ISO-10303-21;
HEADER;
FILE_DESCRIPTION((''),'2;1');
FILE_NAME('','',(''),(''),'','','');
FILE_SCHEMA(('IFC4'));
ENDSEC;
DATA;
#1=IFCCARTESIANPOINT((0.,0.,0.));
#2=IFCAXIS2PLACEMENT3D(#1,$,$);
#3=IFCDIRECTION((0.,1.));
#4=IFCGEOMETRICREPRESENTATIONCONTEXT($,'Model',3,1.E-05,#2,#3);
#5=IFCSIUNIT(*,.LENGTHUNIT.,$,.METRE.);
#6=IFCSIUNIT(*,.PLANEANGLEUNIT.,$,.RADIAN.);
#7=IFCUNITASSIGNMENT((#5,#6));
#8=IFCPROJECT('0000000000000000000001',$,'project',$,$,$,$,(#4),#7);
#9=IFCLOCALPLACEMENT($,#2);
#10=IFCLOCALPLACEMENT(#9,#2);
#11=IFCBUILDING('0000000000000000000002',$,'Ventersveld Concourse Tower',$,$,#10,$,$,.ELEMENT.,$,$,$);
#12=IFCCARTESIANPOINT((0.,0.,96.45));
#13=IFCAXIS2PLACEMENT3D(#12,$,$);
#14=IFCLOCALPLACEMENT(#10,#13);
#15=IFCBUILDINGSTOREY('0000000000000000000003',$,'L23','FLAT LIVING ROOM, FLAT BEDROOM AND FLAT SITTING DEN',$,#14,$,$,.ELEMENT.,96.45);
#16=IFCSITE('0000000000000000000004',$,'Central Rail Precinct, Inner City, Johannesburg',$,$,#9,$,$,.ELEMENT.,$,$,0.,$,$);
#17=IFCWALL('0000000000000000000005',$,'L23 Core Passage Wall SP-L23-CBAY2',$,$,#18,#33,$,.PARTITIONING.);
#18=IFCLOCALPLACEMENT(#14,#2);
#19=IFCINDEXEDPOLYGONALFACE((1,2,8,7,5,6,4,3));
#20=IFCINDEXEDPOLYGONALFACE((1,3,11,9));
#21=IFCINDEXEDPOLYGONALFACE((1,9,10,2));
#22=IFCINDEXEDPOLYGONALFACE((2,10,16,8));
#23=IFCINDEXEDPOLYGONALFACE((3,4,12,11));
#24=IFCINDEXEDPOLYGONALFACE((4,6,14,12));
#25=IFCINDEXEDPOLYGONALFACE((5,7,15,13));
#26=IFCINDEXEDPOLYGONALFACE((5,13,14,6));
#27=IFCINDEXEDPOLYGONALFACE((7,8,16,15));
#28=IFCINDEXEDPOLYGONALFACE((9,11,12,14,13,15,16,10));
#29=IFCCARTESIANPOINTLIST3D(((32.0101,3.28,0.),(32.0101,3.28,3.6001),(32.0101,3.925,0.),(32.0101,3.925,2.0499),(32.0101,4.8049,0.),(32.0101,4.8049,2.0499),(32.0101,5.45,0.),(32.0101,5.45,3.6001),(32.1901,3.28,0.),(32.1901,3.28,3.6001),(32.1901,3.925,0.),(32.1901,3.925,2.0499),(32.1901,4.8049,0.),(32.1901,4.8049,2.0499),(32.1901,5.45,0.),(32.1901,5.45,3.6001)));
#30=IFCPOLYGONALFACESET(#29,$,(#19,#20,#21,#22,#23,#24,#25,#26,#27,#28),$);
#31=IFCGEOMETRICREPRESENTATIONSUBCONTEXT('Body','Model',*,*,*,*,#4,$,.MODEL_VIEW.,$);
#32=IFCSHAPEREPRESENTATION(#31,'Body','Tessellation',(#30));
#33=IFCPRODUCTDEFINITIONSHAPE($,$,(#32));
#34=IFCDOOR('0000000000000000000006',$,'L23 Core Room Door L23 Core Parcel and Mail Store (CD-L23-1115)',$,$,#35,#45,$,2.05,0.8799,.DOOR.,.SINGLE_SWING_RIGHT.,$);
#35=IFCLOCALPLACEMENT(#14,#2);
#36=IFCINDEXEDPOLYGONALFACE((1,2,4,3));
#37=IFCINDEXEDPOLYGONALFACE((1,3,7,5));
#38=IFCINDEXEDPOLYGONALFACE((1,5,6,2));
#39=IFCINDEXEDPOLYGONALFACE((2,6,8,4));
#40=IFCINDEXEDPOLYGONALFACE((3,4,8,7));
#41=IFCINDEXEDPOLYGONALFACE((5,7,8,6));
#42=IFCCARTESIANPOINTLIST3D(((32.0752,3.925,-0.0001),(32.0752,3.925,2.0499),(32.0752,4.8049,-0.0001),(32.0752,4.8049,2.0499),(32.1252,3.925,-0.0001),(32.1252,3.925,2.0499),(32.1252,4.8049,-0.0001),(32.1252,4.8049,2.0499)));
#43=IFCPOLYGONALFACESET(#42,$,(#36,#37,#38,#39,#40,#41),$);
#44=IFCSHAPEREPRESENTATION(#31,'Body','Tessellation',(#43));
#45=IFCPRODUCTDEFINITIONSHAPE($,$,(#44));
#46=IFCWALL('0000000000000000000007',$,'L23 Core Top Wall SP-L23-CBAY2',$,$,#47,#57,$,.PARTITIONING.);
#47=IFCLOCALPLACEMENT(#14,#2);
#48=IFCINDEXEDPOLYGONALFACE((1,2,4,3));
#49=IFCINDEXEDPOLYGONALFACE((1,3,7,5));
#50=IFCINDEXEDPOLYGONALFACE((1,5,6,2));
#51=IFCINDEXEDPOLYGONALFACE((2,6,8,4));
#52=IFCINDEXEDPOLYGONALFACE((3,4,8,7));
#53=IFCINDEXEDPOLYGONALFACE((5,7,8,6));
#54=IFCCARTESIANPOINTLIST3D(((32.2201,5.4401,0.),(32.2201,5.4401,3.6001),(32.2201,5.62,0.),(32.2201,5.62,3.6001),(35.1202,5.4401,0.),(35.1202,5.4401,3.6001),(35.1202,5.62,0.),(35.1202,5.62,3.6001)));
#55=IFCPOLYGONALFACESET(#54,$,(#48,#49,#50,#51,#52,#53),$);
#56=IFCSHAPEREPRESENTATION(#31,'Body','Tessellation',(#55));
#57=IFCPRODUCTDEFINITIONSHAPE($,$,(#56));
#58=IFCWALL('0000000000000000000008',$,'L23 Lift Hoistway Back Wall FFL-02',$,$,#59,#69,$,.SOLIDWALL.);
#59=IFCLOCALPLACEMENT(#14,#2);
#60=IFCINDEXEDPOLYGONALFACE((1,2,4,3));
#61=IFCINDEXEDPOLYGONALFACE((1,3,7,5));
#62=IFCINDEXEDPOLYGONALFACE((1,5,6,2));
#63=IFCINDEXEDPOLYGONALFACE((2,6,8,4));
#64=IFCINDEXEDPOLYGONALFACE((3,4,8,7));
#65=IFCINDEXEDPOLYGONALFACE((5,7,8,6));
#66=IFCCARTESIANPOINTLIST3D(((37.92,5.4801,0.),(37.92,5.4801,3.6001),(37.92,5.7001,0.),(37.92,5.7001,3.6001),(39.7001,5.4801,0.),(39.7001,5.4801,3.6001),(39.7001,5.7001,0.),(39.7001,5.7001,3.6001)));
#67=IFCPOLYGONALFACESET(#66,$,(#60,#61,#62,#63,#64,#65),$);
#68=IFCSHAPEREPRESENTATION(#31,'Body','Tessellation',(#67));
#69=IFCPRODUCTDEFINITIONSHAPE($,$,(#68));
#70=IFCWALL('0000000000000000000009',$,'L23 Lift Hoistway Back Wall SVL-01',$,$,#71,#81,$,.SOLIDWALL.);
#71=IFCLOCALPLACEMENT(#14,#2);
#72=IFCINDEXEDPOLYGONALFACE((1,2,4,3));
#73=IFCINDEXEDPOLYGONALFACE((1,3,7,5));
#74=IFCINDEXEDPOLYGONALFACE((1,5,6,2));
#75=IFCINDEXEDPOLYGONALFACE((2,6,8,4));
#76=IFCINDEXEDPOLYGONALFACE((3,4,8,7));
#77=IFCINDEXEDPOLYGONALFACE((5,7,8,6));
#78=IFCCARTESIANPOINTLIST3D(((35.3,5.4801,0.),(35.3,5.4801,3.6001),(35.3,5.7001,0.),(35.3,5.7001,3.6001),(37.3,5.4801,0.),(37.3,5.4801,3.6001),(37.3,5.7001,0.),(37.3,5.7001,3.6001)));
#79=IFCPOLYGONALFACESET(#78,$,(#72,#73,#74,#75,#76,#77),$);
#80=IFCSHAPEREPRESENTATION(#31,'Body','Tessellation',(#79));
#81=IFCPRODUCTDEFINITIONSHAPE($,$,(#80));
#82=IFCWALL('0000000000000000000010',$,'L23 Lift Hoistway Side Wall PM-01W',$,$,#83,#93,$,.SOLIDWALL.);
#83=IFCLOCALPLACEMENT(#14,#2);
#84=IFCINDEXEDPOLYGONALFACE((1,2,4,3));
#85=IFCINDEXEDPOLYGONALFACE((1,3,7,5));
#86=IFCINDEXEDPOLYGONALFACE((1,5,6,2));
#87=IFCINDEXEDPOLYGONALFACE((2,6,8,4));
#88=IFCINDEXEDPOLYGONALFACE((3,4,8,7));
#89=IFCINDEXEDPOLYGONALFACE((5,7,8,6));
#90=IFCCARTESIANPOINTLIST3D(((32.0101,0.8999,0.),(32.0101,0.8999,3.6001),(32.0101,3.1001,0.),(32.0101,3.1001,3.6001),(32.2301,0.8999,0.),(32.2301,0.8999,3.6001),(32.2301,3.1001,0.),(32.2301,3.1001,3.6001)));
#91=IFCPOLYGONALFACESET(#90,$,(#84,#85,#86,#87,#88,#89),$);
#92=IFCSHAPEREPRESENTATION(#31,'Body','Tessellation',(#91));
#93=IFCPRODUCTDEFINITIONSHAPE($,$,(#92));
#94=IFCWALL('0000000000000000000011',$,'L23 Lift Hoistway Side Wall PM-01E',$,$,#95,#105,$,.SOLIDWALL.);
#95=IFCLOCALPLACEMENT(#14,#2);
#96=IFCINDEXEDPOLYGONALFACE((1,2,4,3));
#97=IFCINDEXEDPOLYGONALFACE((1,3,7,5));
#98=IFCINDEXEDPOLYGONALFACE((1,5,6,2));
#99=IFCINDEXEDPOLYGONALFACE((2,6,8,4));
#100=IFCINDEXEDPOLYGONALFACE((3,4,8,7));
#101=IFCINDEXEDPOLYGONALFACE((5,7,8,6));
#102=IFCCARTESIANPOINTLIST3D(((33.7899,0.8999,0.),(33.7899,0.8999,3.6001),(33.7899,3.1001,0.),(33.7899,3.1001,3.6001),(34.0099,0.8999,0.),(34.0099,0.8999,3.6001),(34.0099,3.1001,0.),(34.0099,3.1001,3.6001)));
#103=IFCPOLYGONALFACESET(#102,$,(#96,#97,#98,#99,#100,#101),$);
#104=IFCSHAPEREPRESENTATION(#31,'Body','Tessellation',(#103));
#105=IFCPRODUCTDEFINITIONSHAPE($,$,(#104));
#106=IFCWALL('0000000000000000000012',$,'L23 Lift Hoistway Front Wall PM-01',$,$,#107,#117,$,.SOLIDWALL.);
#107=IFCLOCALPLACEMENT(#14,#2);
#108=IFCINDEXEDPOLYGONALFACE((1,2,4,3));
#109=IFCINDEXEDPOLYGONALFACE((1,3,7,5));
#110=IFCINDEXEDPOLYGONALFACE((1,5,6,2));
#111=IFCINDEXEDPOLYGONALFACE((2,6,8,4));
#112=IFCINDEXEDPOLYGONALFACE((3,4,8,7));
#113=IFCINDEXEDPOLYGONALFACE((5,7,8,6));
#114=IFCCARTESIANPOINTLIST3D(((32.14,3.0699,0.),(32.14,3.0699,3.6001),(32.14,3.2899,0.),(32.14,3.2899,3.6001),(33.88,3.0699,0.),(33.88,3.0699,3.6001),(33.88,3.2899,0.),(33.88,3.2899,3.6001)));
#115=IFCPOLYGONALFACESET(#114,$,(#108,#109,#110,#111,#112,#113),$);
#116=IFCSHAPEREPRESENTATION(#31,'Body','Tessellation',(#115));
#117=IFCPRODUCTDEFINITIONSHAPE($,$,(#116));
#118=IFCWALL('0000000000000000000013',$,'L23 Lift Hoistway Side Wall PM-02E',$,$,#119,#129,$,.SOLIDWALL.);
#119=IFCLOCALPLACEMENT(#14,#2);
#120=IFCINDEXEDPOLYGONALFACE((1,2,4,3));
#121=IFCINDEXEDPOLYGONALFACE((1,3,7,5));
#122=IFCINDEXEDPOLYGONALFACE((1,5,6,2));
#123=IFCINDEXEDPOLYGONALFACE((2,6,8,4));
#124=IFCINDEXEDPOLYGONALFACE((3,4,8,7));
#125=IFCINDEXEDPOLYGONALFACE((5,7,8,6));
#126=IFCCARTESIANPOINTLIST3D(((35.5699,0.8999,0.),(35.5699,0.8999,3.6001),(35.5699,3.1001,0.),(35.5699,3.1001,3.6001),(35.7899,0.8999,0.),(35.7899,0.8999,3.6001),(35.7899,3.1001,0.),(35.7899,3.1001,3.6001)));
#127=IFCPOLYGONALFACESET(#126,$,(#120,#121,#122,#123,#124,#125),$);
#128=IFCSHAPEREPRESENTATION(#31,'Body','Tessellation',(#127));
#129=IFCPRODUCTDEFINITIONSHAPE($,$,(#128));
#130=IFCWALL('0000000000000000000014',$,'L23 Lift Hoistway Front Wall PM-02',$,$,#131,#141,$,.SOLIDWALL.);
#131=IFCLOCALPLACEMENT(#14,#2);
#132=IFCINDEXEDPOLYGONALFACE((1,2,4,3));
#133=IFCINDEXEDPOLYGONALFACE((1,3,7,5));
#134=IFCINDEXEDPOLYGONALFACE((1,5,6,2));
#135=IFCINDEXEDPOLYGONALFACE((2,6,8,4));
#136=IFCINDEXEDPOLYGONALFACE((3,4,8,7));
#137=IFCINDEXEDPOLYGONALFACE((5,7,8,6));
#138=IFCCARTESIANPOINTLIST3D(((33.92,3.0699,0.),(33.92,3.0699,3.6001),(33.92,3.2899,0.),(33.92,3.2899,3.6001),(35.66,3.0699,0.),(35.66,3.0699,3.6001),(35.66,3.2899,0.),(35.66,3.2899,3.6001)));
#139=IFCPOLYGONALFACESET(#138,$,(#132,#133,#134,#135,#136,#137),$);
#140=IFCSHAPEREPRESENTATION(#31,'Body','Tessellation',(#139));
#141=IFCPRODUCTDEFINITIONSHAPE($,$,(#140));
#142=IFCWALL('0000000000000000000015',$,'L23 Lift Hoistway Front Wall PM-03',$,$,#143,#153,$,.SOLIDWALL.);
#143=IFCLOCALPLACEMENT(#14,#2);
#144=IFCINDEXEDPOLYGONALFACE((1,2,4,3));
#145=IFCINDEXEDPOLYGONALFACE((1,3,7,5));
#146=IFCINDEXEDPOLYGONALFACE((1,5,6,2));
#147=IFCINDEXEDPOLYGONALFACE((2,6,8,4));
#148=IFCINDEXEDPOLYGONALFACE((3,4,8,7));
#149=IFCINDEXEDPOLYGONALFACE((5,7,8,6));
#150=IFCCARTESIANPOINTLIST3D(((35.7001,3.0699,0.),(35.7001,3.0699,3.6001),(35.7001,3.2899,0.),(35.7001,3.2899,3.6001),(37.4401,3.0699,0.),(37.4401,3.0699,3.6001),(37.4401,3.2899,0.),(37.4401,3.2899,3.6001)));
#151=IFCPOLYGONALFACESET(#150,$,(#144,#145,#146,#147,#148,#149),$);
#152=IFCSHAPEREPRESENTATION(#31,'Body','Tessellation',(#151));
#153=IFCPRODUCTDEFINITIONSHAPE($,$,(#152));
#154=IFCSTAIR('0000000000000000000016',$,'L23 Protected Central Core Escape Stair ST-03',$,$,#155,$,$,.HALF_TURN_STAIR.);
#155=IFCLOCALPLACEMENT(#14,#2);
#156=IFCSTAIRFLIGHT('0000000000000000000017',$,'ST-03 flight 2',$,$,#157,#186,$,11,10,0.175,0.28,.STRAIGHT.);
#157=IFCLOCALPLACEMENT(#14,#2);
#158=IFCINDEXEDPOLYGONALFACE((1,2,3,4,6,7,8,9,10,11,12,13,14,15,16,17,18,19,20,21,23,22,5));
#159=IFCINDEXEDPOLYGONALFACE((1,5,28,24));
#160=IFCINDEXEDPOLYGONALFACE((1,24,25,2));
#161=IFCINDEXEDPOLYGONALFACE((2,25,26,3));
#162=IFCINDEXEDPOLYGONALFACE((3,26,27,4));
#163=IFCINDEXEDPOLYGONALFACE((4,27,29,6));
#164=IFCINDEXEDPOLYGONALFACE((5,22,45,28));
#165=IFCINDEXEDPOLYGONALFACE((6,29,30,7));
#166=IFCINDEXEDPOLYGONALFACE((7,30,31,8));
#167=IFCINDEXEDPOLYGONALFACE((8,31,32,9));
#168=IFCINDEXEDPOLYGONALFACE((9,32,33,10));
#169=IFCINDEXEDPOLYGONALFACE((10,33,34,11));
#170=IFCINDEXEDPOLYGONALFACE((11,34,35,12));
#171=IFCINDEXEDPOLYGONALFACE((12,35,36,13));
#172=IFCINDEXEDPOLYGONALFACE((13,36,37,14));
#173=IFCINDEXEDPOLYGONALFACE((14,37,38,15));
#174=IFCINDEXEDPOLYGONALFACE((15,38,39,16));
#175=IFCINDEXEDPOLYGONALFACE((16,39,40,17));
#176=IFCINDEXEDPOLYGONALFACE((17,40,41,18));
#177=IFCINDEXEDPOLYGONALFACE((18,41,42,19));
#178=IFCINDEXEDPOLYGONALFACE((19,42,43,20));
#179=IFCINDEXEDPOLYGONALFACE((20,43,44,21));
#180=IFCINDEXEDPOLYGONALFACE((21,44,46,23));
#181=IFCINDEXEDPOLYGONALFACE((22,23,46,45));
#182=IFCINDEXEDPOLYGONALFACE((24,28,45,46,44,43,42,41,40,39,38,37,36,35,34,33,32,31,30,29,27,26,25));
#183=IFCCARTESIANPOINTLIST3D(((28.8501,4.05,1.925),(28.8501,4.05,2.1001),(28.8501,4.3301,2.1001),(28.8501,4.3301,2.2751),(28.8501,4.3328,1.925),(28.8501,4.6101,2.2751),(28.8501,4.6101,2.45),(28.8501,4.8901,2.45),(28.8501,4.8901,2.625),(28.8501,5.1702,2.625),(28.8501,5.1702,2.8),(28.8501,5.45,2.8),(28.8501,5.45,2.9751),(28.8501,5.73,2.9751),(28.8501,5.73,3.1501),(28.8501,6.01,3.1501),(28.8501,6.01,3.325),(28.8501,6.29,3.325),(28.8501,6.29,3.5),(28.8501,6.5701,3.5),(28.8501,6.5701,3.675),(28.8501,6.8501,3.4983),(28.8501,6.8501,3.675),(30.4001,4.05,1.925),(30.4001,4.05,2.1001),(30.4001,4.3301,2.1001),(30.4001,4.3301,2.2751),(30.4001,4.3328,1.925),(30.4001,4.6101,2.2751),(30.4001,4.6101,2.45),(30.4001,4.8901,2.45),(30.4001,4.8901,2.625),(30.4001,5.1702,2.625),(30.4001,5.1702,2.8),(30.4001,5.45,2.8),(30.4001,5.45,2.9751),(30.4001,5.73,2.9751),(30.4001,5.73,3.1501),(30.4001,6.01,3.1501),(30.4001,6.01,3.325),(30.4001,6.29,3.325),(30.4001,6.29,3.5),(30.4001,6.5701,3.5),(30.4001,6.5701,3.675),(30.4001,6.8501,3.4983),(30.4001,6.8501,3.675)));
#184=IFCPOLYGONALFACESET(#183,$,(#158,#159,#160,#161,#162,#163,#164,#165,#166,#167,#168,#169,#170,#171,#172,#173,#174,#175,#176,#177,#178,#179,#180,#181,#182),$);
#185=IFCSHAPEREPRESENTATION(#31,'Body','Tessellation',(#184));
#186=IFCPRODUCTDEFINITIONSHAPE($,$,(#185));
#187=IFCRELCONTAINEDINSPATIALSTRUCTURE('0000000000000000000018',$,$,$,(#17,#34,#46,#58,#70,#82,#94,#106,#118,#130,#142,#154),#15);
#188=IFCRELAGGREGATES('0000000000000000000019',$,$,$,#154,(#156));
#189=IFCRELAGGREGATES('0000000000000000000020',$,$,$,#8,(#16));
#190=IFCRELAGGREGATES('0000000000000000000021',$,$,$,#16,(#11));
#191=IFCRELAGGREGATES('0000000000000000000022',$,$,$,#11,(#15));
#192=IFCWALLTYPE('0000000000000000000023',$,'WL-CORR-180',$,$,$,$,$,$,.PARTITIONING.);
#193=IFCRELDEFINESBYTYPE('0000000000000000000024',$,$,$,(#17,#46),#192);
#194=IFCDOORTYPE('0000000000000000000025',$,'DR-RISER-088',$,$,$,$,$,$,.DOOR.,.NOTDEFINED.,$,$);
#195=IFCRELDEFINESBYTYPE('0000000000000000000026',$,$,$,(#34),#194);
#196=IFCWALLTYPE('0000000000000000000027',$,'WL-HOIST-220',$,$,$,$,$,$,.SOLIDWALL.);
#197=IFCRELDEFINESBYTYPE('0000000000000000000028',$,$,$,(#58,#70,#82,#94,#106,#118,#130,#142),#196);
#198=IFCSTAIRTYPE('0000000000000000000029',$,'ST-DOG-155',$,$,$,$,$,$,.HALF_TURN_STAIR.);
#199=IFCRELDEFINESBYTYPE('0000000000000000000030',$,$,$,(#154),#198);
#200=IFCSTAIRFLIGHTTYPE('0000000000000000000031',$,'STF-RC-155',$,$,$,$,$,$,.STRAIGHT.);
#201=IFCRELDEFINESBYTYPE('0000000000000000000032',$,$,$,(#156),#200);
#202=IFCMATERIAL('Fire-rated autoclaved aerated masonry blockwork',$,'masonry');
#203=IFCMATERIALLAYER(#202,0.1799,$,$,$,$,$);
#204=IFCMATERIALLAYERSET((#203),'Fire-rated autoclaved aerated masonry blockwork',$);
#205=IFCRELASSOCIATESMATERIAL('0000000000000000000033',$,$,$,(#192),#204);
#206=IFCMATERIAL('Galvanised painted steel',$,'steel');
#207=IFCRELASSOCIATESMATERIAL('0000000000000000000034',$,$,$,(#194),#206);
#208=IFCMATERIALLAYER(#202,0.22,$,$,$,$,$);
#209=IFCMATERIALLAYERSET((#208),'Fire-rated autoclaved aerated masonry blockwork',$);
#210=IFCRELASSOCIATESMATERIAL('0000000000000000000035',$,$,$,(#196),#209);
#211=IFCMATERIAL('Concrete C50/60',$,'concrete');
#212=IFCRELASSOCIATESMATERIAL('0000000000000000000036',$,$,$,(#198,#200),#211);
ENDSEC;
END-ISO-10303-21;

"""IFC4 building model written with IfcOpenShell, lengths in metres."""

from ifc_helpers import new_model, si_unit, direction, frame, frame_2d, origin, place, context, subcontext, project, spatial, polyline, rectangle, outline, extrude, material, layer, layer_set, type_object, element, fill, aggregate, save


model = new_model("IFC4")

# Units and contexts
model_context = context("Model", 3, precision=1e-05, world=origin(), true_north=direction((0.0, 1.0)))
body_context = subcontext(model_context, "Body", "Model", "MODEL_VIEW")
ifc_project = project(units=[si_unit("LENGTHUNIT", "METRE"), si_unit("PLANEANGLEUNIT", "RADIAN")], contexts=[model_context])

# Site, building, storey
site_placement = place(None, origin())
site = spatial("IfcSite", under=ifc_project, at=site_placement, Name="Central Rail Precinct, Inner City, Johannesburg", CompositionType="ELEMENT", RefElevation=0.0)
building_placement = place(site_placement, origin())
building = spatial("IfcBuilding", under=site, at=building_placement, Name="Ventersveld Concourse Tower", CompositionType="ELEMENT")
storey_placement = place(building_placement, frame((0.0, 0.0, 96.45)))
storey = spatial("IfcBuildingStorey", under=building, at=storey_placement, Name="L23", Description="FLAT LIVING ROOM, FLAT BEDROOM AND FLAT SITTING DEN", CompositionType="ELEMENT", Elevation=96.45)

# Shared definitions
ifc_material_1 = material(Name="Concrete C50/60", Category="concrete")

# Wall, opening, door
ifc_material_2 = material(Name="Fire-rated autoclaved aerated masonry blockwork", Category="masonry")
ifc_layer_1 = layer(ifc_material_2, 0.1799)
ifc_layer_set_1 = layer_set([ifc_layer_1], Name="Fire-rated autoclaved aerated masonry blockwork")
wall_type_1 = type_object("IfcWallType", Name="WL-CORR-180", PredefinedType="PARTITIONING", material=ifc_layer_set_1)
wall_1_placement = place(storey_placement, frame((32.1001, 3.28, 0.0), z_axis=(0.0, 0.0, 1.0), x_axis=(0.0, 1.0, 0.0)))
wall_1 = element("IfcWall", 1, at=wall_1_placement, inside=storey, type_object=wall_type_1, Name="L23 Core Passage Wall SP-L23-CBAY2", PredefinedType="PARTITIONING", context=body_context, shape_type="SweptSolid", body=[
    extrude(rectangle(XDim=2.1699, YDim=0.1799, at=frame_2d((1.085, 0.0))), origin(), (0.0, 0.0, 1.0), 3.6001),
])
opening_placement = place(wall_1_placement, frame((0.645, 0.0, 0.0)))
opening = element("IfcOpeningElement", 2, at=opening_placement, cuts=wall_1, PredefinedType="OPENING", context=body_context, shape_type="SweptSolid", body=[
    extrude(rectangle(XDim=0.8799, YDim=2.05, at=frame_2d((0.4399, 1.0249))), frame((0.0, 0.1001, 0.0), z_axis=(0.0, -1.0, 0.0), x_axis=(1.0, 0.0, 0.0)), (0.0, 0.0, 1.0), 0.2),
])
ifc_material_3 = material(Name="Galvanised painted steel", Category="steel")
door_type = type_object("IfcDoorType", Name="DR-RISER-088", OperationType="NOTDEFINED", PredefinedType="DOOR", material=ifc_material_3)
door_placement = place(opening_placement, origin())
door = element("IfcDoor", 3, at=door_placement, inside=storey, type_object=door_type, Name="L23 Core Room Door L23 Core Parcel and Mail Store (CD-L23-1115)", OperationType="SINGLE_SWING_RIGHT", OverallHeight=2.05, OverallWidth=0.8799, PredefinedType="DOOR", context=body_context, shape_type="SweptSolid", body=[
    extrude(rectangle(XDim=0.8799, YDim=2.05, at=frame_2d((0.4399, 1.0249))), frame((0.0, 0.0249, 0.0), z_axis=(0.0, -1.0, 0.0), x_axis=(1.0, 0.0, 0.0)), (0.0, 0.0, 1.0), 0.05),
])
fill(opening, door)

# Walls
wall_2_placement = place(storey_placement, frame((32.22, 5.53, 0.0), z_axis=(0.0, 0.0, 1.0), x_axis=(1.0, 0.0, 0.0)))
element("IfcWall", 4, at=wall_2_placement, inside=storey, type_object=wall_type_1, Name="L23 Core Top Wall SP-L23-CBAY2", PredefinedType="PARTITIONING", context=body_context, shape_type="SweptSolid", body=[
    extrude(rectangle(XDim=2.9001, YDim=0.1799, at=frame_2d((1.4502, 0.0))), origin(), (0.0, 0.0, 1.0), 3.6001),
])
ifc_layer_2 = layer(ifc_material_2, 0.22)
ifc_layer_set_2 = layer_set([ifc_layer_2], Name="Fire-rated autoclaved aerated masonry blockwork")
wall_type_2 = type_object("IfcWallType", Name="WL-HOIST-220", PredefinedType="SOLIDWALL", material=ifc_layer_set_2)
wall_3_placement = place(storey_placement, frame((37.9199, 5.5901, 0.0), z_axis=(0.0, 0.0, 1.0), x_axis=(1.0, 0.0, 0.0)))
element("IfcWall", 5, at=wall_3_placement, inside=storey, type_object=wall_type_2, Name="L23 Lift Hoistway Back Wall FFL-02", PredefinedType="SOLIDWALL", context=body_context, shape_type="SweptSolid", body=[
    extrude(rectangle(XDim=1.78, YDim=0.22, at=frame_2d((0.8901, 0.0))), origin(), (0.0, 0.0, 1.0), 3.6001),
])
wall_4_placement = place(storey_placement, frame((35.3, 5.5901, 0.0), z_axis=(0.0, 0.0, 1.0), x_axis=(1.0, 0.0, 0.0)))
element("IfcWall", 6, at=wall_4_placement, inside=storey, type_object=wall_type_2, Name="L23 Lift Hoistway Back Wall SVL-01", PredefinedType="SOLIDWALL", context=body_context, shape_type="SweptSolid", body=[
    extrude(rectangle(XDim=2.0, YDim=0.22, at=frame_2d((1.0, 0.0))), origin(), (0.0, 0.0, 1.0), 3.6001),
])
for number, where, z_axis, x_axis, name in (
    (7, (32.1201, 0.8999, 0.0), (0.0, 0.0, 1.0), (0.0, 1.0, 0.0), "L23 Lift Hoistway Side Wall PM-01W"),
    (8, (33.8999, 0.8999, 0.0), (0.0, 0.0, 1.0), (0.0, 1.0, 0.0), "L23 Lift Hoistway Side Wall PM-01E"),
):
    element("IfcWall", number, at=place(storey_placement, frame(where, z_axis=z_axis, x_axis=x_axis)), inside=storey, type_object=wall_type_2, Name=name, PredefinedType="SOLIDWALL", context=body_context, shape_type="SweptSolid", body=[
        extrude(rectangle(XDim=2.2002, YDim=0.22, at=frame_2d((1.1001, 0.0))), origin(), (0.0, 0.0, 1.0), 3.6001),
    ])
wall_5_placement = place(storey_placement, frame((32.1399, 3.1799, 0.0), z_axis=(0.0, 0.0, 1.0), x_axis=(1.0, 0.0, 0.0)))
element("IfcWall", 9, at=wall_5_placement, inside=storey, type_object=wall_type_2, Name="L23 Lift Hoistway Front Wall PM-01", PredefinedType="SOLIDWALL", context=body_context, shape_type="SweptSolid", body=[
    extrude(rectangle(XDim=1.74, YDim=0.22, at=frame_2d((0.8701, 0.0))), origin(), (0.0, 0.0, 1.0), 3.6001),
])
wall_6_placement = place(storey_placement, frame((35.6799, 0.8999, 0.0), z_axis=(0.0, 0.0, 1.0), x_axis=(0.0, 1.0, 0.0)))
element("IfcWall", 10, at=wall_6_placement, inside=storey, type_object=wall_type_2, Name="L23 Lift Hoistway Side Wall PM-02E", PredefinedType="SOLIDWALL", context=body_context, shape_type="SweptSolid", body=[
    extrude(rectangle(XDim=2.2002, YDim=0.22, at=frame_2d((1.1001, 0.0))), origin(), (0.0, 0.0, 1.0), 3.6001),
])
for number, where, z_axis, x_axis, name in (
    (11, (33.9199, 3.1799, 0.0), (0.0, 0.0, 1.0), (1.0, 0.0, 0.0), "L23 Lift Hoistway Front Wall PM-02"),
    (12, (35.7, 3.1799, 0.0), (0.0, 0.0, 1.0), (1.0, 0.0, 0.0), "L23 Lift Hoistway Front Wall PM-03"),
):
    element("IfcWall", number, at=place(storey_placement, frame(where, z_axis=z_axis, x_axis=x_axis)), inside=storey, type_object=wall_type_2, Name=name, PredefinedType="SOLIDWALL", context=body_context, shape_type="SweptSolid", body=[
        extrude(rectangle(XDim=1.74, YDim=0.22, at=frame_2d((0.8701, 0.0))), origin(), (0.0, 0.0, 1.0), 3.6001),
    ])

# Stair, stair flight
stair_type = type_object("IfcStairType", Name="ST-DOG-155", PredefinedType="HALF_TURN_STAIR", material=ifc_material_1)
stair_placement = place(storey_placement, origin())
stair = element("IfcStair", 13, at=stair_placement, inside=storey, type_object=stair_type, Name="L23 Protected Central Core Escape Stair ST-03", PredefinedType="HALF_TURN_STAIR")
stair_flight_type = type_object("IfcStairFlightType", Name="STF-RC-155", PredefinedType="STRAIGHT", material=ifc_material_1)
stair_flight_placement = place(storey_placement, frame((29.625, 4.05, 1.925), z_axis=(0.0, 0.0, 1.0), x_axis=(0.0, 1.0, 0.0)))
stair_flight = element("IfcStairFlight", 14, at=stair_flight_placement, type_object=stair_flight_type, Name="ST-03 flight 2", NumberOfRisers=11, NumberOfTreads=10, PredefinedType="STRAIGHT", RiserHeight=0.175, TreadLength=0.28, context=body_context, shape_type="SweptSolid", body=[
    extrude(outline(polyline([(0.0, 0.0), (0.0, 0.175), (0.28, 0.175), (0.28, 0.3501), (0.5601, 0.3501), (0.5601, 0.5249), (0.8401, 0.5249), (0.8401, 0.7), (1.1201, 0.7), (1.1201, 0.875), (1.3999, 0.875), (1.3999, 1.05), (1.6799, 1.05), (1.6799, 1.2251), (1.96, 1.2251), (1.96, 1.3999), (2.24, 1.3999), (2.24, 1.575), (2.52, 1.575), (2.52, 1.75), (2.8, 1.75), (2.8, 1.925), (2.8, 1.5732), (0.2827, 0.0), (0.0, 0.0)])), frame((0.0, 0.7749, 0.0), z_axis=(0.0, -1.0, 0.0), x_axis=(1.0, 0.0, 0.0)), (0.0, 0.0, 1.0), 1.55),
])
aggregate(stair, [stair_flight])

save(model, "model.ifc")
